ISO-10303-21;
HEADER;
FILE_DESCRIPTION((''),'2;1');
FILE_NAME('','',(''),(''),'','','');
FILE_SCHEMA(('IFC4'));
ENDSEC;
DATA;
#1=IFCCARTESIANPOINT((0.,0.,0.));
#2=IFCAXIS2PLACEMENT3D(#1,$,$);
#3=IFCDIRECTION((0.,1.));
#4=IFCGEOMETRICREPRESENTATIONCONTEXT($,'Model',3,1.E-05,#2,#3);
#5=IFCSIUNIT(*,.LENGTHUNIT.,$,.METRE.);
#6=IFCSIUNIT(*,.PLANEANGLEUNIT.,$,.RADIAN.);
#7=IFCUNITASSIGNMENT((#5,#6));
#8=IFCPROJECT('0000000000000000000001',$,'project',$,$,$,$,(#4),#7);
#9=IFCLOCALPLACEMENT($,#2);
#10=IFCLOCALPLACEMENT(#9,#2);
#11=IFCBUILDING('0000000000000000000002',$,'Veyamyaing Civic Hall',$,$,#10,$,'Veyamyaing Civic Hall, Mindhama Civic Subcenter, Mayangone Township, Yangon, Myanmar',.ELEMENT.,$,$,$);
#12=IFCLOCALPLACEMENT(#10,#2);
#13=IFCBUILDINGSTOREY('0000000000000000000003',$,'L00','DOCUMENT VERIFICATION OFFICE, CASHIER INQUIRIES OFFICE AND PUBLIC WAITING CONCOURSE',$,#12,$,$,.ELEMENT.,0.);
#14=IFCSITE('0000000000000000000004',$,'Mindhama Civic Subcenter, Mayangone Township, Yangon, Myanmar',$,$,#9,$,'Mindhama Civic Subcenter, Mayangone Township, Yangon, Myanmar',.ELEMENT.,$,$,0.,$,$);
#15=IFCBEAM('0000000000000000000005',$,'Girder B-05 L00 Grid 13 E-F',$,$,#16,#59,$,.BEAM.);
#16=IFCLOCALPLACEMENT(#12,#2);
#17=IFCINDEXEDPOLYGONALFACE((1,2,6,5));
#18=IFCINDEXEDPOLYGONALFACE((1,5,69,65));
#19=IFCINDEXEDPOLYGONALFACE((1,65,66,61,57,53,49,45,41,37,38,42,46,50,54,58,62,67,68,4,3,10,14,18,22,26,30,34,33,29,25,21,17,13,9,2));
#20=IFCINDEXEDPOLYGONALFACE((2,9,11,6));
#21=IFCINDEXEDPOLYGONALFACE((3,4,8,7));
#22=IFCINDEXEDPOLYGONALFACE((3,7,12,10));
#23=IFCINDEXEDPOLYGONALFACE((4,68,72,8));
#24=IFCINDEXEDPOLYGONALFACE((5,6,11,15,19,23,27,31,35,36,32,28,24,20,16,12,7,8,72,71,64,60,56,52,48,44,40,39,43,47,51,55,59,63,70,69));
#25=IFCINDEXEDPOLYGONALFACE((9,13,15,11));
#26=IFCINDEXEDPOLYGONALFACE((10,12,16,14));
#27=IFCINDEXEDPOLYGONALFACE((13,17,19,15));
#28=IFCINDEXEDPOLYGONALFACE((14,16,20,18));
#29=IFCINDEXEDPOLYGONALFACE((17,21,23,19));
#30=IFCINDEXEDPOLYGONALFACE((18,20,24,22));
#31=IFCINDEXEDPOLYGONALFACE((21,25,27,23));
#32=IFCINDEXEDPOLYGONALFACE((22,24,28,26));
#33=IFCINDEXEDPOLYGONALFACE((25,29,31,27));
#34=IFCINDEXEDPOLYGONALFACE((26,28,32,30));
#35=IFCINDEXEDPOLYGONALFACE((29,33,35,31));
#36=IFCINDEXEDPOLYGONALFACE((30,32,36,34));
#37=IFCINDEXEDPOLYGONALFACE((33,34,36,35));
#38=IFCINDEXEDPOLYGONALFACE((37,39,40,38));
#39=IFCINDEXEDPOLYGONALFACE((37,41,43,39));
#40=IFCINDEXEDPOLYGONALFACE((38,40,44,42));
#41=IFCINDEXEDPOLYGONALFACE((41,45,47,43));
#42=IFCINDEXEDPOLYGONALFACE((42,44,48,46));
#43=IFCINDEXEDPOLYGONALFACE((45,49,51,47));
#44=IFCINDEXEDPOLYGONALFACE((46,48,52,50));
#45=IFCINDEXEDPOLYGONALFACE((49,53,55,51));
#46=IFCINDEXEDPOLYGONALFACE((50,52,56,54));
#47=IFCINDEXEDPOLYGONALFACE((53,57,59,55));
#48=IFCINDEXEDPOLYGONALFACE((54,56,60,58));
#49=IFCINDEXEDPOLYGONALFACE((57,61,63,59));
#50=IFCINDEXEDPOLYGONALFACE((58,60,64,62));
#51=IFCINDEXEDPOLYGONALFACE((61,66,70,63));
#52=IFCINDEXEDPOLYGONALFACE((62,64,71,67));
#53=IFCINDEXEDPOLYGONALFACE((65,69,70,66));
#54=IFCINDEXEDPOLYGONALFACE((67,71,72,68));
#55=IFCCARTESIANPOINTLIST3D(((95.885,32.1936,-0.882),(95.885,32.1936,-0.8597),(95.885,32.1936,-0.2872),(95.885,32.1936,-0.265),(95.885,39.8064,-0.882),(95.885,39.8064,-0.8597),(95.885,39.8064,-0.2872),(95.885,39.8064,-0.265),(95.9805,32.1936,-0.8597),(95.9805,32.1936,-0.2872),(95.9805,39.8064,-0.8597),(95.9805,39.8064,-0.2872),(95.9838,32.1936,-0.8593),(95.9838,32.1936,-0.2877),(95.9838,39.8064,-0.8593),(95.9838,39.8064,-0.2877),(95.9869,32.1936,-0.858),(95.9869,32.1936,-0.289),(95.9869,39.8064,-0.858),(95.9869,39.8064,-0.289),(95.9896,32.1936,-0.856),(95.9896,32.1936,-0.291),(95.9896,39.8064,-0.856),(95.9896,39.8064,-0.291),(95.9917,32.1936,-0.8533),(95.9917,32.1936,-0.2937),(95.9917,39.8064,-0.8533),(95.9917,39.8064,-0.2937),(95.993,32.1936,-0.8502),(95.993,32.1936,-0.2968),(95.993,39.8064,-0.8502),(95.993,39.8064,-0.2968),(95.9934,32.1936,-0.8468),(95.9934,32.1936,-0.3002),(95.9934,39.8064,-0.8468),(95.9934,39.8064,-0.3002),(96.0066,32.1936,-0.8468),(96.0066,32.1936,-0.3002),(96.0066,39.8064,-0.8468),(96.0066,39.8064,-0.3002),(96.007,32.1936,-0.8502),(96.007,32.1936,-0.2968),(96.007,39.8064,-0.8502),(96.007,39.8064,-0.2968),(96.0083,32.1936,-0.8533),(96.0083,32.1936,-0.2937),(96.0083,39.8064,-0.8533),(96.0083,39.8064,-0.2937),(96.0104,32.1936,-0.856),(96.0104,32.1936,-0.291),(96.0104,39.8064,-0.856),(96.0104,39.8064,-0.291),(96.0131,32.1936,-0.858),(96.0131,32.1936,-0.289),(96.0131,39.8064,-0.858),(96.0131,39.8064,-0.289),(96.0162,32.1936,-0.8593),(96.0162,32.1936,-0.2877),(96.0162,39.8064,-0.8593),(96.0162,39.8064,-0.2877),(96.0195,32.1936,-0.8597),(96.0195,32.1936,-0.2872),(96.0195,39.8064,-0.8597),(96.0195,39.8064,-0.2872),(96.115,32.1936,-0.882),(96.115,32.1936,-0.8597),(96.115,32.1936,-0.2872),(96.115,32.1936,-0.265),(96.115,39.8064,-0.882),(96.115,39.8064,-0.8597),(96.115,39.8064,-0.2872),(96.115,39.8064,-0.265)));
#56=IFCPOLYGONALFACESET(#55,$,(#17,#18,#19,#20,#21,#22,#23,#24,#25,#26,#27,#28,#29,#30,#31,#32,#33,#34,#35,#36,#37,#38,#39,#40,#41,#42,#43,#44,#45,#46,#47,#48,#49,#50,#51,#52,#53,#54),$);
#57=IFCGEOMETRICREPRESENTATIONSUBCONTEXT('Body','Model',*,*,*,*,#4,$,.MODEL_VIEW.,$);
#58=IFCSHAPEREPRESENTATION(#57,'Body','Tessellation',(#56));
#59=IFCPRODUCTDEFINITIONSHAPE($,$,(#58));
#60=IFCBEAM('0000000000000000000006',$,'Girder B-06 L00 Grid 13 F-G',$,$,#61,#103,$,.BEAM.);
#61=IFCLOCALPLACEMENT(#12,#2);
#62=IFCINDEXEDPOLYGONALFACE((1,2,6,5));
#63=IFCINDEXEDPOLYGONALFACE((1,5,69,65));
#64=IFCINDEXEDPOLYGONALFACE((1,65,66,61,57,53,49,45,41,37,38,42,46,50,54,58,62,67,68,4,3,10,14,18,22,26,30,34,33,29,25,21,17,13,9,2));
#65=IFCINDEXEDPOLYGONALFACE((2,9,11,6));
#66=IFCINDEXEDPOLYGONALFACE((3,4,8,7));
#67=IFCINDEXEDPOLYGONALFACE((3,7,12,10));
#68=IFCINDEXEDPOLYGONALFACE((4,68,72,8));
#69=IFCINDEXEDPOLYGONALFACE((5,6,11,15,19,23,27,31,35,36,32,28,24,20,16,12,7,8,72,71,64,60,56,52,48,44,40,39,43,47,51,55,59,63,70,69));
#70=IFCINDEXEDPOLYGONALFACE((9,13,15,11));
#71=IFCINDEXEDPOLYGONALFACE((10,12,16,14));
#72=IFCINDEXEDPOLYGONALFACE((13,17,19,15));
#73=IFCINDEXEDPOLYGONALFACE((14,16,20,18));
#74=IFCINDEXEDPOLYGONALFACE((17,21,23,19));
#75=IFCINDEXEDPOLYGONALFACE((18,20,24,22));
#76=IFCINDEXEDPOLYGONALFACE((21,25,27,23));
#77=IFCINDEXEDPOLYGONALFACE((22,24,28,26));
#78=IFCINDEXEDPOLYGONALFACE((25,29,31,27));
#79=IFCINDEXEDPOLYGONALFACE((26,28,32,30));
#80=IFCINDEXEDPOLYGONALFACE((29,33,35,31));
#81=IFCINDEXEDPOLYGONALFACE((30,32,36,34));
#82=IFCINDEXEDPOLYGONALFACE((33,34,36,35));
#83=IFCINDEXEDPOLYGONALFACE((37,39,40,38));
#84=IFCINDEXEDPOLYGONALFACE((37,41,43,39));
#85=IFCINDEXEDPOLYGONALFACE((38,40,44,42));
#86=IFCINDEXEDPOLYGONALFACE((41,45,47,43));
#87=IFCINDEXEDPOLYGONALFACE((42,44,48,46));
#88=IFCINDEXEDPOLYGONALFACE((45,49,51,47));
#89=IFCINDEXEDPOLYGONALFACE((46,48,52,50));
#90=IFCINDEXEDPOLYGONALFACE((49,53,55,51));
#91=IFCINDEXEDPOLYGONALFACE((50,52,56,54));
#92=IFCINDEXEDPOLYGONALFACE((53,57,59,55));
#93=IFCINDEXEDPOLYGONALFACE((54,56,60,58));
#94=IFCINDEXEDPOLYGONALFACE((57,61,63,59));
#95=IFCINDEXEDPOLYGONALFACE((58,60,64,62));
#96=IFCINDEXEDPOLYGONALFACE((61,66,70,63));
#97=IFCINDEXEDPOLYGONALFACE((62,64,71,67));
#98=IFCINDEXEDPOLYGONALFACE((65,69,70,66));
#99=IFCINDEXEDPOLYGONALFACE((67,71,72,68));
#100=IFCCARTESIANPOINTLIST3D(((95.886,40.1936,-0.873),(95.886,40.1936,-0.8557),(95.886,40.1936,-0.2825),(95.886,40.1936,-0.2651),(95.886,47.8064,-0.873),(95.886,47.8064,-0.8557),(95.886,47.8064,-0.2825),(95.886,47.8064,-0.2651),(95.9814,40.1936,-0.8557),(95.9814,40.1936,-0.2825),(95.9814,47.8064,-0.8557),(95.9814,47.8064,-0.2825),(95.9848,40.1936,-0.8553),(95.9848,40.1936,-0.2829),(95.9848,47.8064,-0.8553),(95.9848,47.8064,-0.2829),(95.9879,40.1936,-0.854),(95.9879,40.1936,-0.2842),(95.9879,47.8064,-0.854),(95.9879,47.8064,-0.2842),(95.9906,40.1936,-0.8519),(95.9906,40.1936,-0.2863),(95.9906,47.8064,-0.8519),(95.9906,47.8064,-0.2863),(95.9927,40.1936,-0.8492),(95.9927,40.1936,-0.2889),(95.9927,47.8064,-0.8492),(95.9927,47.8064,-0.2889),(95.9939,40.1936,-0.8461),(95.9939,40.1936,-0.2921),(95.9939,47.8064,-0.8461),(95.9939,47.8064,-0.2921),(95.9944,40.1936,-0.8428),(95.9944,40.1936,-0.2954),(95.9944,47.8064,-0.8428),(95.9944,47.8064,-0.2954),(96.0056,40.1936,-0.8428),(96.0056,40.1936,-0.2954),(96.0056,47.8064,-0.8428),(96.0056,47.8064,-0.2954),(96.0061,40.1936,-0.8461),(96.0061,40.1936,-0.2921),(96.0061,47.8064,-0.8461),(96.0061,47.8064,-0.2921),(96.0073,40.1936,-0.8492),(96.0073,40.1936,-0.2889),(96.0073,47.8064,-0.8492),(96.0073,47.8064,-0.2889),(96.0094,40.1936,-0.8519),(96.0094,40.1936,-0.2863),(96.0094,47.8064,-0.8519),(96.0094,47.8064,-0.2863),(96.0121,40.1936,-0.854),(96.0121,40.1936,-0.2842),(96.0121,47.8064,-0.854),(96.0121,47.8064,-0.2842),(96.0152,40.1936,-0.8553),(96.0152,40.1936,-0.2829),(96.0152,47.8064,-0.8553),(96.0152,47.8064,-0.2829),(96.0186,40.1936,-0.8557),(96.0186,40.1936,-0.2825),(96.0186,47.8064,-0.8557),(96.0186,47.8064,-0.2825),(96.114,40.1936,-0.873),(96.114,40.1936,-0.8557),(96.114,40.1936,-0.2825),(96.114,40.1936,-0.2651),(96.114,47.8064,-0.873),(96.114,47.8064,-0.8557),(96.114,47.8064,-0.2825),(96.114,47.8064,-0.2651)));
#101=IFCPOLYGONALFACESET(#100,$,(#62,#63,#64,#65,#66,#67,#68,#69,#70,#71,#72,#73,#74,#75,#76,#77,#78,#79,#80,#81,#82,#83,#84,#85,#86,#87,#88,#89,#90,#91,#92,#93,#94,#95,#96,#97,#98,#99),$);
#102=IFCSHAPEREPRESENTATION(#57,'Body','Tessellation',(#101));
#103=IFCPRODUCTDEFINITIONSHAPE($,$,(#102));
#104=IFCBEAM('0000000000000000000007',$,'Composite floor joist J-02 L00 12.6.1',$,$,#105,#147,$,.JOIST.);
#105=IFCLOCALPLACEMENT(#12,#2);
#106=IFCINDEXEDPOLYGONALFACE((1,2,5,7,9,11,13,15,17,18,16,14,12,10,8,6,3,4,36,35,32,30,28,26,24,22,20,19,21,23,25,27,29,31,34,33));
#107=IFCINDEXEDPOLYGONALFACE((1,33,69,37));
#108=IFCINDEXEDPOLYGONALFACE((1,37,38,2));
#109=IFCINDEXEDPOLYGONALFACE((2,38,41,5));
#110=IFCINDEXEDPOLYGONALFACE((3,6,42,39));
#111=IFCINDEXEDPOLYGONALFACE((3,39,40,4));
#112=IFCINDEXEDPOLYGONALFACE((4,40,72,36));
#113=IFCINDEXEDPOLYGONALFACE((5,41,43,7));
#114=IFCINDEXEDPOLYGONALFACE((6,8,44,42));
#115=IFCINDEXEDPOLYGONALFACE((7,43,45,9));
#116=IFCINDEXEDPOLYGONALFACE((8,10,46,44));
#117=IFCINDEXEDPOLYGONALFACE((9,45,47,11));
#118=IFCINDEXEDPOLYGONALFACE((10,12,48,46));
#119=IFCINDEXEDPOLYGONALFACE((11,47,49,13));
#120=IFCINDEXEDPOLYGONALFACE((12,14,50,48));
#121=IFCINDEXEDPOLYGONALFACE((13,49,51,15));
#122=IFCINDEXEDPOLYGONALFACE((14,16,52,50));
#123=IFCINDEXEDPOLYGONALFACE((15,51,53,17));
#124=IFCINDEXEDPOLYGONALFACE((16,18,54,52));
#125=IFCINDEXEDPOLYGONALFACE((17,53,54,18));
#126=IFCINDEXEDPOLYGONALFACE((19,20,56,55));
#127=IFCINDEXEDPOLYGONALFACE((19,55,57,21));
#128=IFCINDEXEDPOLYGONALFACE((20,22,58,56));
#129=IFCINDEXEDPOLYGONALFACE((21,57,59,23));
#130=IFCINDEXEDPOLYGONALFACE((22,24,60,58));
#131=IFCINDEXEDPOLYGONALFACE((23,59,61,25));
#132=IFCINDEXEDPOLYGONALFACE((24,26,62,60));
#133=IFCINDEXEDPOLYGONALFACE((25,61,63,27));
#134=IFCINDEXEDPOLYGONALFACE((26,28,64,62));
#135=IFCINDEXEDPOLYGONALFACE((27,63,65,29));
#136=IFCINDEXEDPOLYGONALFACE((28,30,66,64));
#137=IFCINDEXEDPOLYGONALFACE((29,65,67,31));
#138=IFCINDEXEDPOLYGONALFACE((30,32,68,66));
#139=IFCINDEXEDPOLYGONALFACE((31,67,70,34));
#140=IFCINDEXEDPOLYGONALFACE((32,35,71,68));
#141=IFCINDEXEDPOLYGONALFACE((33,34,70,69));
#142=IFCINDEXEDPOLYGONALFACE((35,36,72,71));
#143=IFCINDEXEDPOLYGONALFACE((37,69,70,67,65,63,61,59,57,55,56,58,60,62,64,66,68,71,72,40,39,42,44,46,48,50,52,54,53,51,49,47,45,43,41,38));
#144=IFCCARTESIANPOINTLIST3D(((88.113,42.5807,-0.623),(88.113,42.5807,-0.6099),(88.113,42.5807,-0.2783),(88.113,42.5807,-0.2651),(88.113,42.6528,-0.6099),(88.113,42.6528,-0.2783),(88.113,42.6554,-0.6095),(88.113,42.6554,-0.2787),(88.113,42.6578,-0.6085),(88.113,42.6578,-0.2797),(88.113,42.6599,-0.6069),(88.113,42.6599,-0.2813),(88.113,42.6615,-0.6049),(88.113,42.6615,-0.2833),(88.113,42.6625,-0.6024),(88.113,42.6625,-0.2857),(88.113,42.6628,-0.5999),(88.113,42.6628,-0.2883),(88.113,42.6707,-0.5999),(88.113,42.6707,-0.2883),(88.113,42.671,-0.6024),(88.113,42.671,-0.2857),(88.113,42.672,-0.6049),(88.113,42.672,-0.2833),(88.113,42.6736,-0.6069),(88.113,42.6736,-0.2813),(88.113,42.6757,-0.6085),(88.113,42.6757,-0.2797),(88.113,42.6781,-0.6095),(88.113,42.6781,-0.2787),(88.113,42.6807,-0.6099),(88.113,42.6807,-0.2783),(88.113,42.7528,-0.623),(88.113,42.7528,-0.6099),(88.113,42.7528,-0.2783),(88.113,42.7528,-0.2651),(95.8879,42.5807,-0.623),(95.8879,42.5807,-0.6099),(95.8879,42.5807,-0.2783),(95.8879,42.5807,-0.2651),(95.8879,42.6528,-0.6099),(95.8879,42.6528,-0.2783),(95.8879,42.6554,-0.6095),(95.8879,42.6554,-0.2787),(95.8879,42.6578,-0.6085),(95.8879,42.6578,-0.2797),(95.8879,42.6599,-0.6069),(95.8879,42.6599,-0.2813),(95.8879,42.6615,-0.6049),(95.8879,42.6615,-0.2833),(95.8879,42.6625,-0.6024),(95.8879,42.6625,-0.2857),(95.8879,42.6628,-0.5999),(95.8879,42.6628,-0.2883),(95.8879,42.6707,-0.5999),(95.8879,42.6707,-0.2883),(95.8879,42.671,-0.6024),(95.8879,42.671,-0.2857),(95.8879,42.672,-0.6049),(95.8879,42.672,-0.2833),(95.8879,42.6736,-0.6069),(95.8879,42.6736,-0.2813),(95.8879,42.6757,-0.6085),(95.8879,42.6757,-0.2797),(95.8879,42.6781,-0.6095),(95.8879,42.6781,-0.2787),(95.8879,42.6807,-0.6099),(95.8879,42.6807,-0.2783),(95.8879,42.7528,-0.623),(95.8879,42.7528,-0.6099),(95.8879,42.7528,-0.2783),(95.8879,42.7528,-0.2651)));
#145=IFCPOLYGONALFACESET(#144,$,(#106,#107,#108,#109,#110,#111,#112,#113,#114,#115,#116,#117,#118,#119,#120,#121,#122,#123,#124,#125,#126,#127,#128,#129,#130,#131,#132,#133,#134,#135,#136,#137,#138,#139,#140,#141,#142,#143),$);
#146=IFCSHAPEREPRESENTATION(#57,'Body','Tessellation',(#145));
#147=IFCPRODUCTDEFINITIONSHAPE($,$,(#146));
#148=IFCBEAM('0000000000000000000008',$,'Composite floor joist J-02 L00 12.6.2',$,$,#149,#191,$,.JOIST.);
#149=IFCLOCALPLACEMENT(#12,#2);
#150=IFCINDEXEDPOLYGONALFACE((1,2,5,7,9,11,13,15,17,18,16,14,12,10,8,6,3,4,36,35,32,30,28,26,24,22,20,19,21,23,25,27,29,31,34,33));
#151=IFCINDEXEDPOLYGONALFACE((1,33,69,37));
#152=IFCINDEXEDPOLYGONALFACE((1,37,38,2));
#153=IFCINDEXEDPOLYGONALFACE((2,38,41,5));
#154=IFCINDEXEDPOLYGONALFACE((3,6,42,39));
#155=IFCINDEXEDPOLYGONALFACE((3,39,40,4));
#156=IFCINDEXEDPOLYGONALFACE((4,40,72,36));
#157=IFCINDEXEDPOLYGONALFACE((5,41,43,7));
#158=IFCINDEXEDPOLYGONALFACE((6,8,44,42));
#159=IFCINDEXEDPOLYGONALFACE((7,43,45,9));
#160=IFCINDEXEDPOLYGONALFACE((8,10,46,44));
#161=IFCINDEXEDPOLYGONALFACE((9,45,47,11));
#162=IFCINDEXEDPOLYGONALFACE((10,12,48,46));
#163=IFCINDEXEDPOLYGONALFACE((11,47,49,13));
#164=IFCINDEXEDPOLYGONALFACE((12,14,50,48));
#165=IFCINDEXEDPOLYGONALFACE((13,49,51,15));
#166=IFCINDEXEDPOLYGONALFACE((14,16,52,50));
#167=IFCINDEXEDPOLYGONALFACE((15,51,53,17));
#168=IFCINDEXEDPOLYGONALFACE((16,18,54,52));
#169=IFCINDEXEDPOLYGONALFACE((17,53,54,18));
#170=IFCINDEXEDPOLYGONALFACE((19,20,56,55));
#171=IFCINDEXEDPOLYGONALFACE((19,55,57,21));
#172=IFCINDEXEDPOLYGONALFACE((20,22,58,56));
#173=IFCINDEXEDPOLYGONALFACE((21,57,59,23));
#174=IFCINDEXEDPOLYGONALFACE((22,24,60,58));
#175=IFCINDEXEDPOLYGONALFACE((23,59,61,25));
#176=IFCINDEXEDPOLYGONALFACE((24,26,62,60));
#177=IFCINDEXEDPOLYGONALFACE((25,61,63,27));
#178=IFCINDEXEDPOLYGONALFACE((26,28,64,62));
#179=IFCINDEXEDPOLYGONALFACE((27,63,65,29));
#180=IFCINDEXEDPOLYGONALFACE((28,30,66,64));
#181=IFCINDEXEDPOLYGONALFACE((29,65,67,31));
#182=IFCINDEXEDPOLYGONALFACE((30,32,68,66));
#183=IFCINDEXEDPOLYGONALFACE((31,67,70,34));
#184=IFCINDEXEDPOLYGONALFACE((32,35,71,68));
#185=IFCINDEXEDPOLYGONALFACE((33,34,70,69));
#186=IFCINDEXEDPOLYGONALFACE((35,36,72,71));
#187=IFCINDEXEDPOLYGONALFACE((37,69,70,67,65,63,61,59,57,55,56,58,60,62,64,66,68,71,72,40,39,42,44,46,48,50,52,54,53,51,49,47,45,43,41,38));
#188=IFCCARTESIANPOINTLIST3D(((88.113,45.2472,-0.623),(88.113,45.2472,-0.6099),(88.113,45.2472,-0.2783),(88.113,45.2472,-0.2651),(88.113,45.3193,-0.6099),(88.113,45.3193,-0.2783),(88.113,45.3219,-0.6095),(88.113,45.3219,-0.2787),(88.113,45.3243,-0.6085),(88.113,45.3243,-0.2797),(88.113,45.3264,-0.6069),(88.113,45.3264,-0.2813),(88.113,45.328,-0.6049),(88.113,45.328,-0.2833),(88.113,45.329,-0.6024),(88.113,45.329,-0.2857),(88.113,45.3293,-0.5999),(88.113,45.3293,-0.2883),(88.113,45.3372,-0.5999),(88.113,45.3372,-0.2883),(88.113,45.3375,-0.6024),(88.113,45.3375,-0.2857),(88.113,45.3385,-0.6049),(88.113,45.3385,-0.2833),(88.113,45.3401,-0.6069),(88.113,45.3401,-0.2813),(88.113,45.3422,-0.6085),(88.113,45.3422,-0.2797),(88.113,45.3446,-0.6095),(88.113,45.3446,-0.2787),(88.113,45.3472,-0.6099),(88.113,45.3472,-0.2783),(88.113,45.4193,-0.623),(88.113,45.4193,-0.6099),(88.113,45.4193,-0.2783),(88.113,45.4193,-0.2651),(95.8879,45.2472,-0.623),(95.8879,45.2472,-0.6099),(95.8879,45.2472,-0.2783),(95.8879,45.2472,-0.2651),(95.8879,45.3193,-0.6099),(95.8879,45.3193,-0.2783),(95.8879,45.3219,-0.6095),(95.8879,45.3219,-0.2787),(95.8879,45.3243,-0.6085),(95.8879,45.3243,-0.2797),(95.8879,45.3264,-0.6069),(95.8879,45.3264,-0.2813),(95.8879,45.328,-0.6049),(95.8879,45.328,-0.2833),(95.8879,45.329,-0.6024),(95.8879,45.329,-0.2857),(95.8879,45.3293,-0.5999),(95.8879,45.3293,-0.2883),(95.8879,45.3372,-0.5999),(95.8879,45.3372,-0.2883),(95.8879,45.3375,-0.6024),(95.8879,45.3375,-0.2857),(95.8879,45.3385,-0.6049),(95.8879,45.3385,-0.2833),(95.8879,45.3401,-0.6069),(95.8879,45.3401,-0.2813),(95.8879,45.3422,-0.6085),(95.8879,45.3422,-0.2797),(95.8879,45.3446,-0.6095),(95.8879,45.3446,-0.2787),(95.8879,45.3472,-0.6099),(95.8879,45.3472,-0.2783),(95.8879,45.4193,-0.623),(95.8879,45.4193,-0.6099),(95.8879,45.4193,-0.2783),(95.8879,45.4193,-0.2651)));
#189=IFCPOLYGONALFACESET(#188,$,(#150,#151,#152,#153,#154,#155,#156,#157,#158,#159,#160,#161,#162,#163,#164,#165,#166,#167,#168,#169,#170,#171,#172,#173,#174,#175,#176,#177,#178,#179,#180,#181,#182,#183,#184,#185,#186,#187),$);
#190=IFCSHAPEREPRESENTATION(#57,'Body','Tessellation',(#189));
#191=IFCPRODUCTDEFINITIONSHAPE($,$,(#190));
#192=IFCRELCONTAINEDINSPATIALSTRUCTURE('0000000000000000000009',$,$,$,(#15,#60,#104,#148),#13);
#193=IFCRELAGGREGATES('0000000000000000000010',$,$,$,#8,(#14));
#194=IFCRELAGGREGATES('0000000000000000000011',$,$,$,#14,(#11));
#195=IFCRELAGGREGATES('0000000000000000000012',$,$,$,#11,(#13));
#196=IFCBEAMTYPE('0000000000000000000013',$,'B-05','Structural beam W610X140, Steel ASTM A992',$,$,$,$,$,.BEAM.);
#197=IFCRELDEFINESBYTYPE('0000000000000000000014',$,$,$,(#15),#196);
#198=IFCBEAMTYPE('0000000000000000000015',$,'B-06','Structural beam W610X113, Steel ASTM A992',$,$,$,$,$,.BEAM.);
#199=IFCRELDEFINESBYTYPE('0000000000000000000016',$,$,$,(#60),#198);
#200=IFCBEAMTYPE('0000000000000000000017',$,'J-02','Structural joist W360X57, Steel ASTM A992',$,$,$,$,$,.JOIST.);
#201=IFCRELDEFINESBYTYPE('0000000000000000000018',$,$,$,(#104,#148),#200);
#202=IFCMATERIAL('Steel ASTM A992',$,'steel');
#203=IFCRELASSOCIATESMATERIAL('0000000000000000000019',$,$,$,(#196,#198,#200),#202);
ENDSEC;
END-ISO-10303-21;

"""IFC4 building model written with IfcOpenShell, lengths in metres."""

from ifc_helpers import new_model, si_unit, direction, frame, origin, origin_2d, place, context, subcontext, project, spatial, i_section, extrude, material, material_profile, profile_set, type_object, element, save


model = new_model("IFC4")

# Units and contexts
model_context = context("Model", 3, precision=1e-05, world=origin(), true_north=direction((0.0, 1.0)))
body_context = subcontext(model_context, "Body", "Model", "MODEL_VIEW")
ifc_project = project(units=[si_unit("LENGTHUNIT", "METRE"), si_unit("PLANEANGLEUNIT", "RADIAN")], contexts=[model_context])

# Site, building, storey
site_placement = place(None, origin())
site = spatial("IfcSite", under=ifc_project, at=site_placement, Name="Mindhama Civic Subcenter, Mayangone Township, Yangon, Myanmar", LongName="Mindhama Civic Subcenter, Mayangone Township, Yangon, Myanmar", CompositionType="ELEMENT", RefElevation=0.0)
building_placement = place(site_placement, origin())
building = spatial("IfcBuilding", under=site, at=building_placement, Name="Veyamyaing Civic Hall", LongName="Veyamyaing Civic Hall, Mindhama Civic Subcenter, Mayangone Township, Yangon, Myanmar", CompositionType="ELEMENT")
storey_placement = place(building_placement, origin())
storey = spatial("IfcBuildingStorey", under=building, at=storey_placement, Name="L00", Description="DOCUMENT VERIFICATION OFFICE, CASHIER INQUIRIES OFFICE AND PUBLIC WAITING CONCOURSE", CompositionType="ELEMENT", Elevation=0.0)

# Beams
ifc_material_1 = material(Name="Steel ASTM A992", Category="steel")
ifc_material_profile_1 = material_profile(ifc_material_1, i_section(OverallWidth=0.23, OverallDepth=0.6169, WebThickness=0.0132, FlangeThickness=0.0222, FilletRadius=0.0129, at=origin_2d()), Name="W610X140")
ifc_profile_set_1 = profile_set([ifc_material_profile_1], Name="Steel ASTM A992")
beam_type_1 = type_object("IfcBeamType", Name="B-05", Description="Structural beam W610X140, Steel ASTM A992", PredefinedType="BEAM", material=ifc_profile_set_1)
beam_1_placement = place(storey_placement, frame((96.0, 32.1936, -0.5735), z_axis=(0.0, 1.0, 0.0), x_axis=(-1.0, 0.0, 0.0)))
element("IfcBeam", 1, at=beam_1_placement, inside=storey, type_object=beam_type_1, Name="Girder B-05 L00 Grid 13 E-F", PredefinedType="BEAM", context=body_context, shape_type="SweptSolid", body=[
    extrude(i_section(OverallWidth=0.23, OverallDepth=0.6169, WebThickness=0.0132, FlangeThickness=0.0222, FilletRadius=0.0129, at=origin_2d()), origin(), (0.0, 0.0, 1.0), 7.6128),
])
ifc_material_profile_2 = material_profile(ifc_material_1, i_section(OverallWidth=0.228, OverallDepth=0.6079, WebThickness=0.0112, FlangeThickness=0.0173, FilletRadius=0.0129, at=origin_2d()), Name="W610X113")
ifc_profile_set_2 = profile_set([ifc_material_profile_2], Name="Steel ASTM A992")
beam_type_2 = type_object("IfcBeamType", Name="B-06", Description="Structural beam W610X113, Steel ASTM A992", PredefinedType="BEAM", material=ifc_profile_set_2)
beam_2_placement = place(storey_placement, frame((96.0, 40.1936, -0.5691), z_axis=(0.0, 1.0, 0.0), x_axis=(-1.0, 0.0, 0.0)))
element("IfcBeam", 2, at=beam_2_placement, inside=storey, type_object=beam_type_2, Name="Girder B-06 L00 Grid 13 F-G", PredefinedType="BEAM", context=body_context, shape_type="SweptSolid", body=[
    extrude(i_section(OverallWidth=0.228, OverallDepth=0.6079, WebThickness=0.0112, FlangeThickness=0.0173, FilletRadius=0.0129, at=origin_2d()), origin(), (0.0, 0.0, 1.0), 7.6128),
])
ifc_material_profile_3 = material_profile(ifc_material_1, i_section(OverallWidth=0.1721, OverallDepth=0.3579, WebThickness=0.0078, FlangeThickness=0.0132, FilletRadius=0.01, at=origin_2d()), Name="W360X57")
ifc_profile_set_3 = profile_set([ifc_material_profile_3], Name="Steel ASTM A992")
beam_type_3 = type_object("IfcBeamType", Name="J-02", Description="Structural joist W360X57, Steel ASTM A992", PredefinedType="JOIST", material=ifc_profile_set_3)
for number, where, z_axis, x_axis, name in (
    (3, (88.113, 42.6667, -0.4441), (1.0, 0.0, 0.0), (0.0, 1.0, 0.0), "Composite floor joist J-02 L00 12.6.1"),
    (4, (88.113, 45.3333, -0.4441), (1.0, 0.0, 0.0), (0.0, 1.0, 0.0), "Composite floor joist J-02 L00 12.6.2"),
):
    element("IfcBeam", number, at=place(storey_placement, frame(where, z_axis=z_axis, x_axis=x_axis)), inside=storey, type_object=beam_type_3, Name=name, PredefinedType="JOIST", context=body_context, shape_type="SweptSolid", body=[
        extrude(i_section(OverallWidth=0.1721, OverallDepth=0.3579, WebThickness=0.0078, FlangeThickness=0.0132, FilletRadius=0.01, at=origin_2d()), origin(), (0.0, 0.0, 1.0), 7.7749),
    ])

save(model, "model.ifc")
